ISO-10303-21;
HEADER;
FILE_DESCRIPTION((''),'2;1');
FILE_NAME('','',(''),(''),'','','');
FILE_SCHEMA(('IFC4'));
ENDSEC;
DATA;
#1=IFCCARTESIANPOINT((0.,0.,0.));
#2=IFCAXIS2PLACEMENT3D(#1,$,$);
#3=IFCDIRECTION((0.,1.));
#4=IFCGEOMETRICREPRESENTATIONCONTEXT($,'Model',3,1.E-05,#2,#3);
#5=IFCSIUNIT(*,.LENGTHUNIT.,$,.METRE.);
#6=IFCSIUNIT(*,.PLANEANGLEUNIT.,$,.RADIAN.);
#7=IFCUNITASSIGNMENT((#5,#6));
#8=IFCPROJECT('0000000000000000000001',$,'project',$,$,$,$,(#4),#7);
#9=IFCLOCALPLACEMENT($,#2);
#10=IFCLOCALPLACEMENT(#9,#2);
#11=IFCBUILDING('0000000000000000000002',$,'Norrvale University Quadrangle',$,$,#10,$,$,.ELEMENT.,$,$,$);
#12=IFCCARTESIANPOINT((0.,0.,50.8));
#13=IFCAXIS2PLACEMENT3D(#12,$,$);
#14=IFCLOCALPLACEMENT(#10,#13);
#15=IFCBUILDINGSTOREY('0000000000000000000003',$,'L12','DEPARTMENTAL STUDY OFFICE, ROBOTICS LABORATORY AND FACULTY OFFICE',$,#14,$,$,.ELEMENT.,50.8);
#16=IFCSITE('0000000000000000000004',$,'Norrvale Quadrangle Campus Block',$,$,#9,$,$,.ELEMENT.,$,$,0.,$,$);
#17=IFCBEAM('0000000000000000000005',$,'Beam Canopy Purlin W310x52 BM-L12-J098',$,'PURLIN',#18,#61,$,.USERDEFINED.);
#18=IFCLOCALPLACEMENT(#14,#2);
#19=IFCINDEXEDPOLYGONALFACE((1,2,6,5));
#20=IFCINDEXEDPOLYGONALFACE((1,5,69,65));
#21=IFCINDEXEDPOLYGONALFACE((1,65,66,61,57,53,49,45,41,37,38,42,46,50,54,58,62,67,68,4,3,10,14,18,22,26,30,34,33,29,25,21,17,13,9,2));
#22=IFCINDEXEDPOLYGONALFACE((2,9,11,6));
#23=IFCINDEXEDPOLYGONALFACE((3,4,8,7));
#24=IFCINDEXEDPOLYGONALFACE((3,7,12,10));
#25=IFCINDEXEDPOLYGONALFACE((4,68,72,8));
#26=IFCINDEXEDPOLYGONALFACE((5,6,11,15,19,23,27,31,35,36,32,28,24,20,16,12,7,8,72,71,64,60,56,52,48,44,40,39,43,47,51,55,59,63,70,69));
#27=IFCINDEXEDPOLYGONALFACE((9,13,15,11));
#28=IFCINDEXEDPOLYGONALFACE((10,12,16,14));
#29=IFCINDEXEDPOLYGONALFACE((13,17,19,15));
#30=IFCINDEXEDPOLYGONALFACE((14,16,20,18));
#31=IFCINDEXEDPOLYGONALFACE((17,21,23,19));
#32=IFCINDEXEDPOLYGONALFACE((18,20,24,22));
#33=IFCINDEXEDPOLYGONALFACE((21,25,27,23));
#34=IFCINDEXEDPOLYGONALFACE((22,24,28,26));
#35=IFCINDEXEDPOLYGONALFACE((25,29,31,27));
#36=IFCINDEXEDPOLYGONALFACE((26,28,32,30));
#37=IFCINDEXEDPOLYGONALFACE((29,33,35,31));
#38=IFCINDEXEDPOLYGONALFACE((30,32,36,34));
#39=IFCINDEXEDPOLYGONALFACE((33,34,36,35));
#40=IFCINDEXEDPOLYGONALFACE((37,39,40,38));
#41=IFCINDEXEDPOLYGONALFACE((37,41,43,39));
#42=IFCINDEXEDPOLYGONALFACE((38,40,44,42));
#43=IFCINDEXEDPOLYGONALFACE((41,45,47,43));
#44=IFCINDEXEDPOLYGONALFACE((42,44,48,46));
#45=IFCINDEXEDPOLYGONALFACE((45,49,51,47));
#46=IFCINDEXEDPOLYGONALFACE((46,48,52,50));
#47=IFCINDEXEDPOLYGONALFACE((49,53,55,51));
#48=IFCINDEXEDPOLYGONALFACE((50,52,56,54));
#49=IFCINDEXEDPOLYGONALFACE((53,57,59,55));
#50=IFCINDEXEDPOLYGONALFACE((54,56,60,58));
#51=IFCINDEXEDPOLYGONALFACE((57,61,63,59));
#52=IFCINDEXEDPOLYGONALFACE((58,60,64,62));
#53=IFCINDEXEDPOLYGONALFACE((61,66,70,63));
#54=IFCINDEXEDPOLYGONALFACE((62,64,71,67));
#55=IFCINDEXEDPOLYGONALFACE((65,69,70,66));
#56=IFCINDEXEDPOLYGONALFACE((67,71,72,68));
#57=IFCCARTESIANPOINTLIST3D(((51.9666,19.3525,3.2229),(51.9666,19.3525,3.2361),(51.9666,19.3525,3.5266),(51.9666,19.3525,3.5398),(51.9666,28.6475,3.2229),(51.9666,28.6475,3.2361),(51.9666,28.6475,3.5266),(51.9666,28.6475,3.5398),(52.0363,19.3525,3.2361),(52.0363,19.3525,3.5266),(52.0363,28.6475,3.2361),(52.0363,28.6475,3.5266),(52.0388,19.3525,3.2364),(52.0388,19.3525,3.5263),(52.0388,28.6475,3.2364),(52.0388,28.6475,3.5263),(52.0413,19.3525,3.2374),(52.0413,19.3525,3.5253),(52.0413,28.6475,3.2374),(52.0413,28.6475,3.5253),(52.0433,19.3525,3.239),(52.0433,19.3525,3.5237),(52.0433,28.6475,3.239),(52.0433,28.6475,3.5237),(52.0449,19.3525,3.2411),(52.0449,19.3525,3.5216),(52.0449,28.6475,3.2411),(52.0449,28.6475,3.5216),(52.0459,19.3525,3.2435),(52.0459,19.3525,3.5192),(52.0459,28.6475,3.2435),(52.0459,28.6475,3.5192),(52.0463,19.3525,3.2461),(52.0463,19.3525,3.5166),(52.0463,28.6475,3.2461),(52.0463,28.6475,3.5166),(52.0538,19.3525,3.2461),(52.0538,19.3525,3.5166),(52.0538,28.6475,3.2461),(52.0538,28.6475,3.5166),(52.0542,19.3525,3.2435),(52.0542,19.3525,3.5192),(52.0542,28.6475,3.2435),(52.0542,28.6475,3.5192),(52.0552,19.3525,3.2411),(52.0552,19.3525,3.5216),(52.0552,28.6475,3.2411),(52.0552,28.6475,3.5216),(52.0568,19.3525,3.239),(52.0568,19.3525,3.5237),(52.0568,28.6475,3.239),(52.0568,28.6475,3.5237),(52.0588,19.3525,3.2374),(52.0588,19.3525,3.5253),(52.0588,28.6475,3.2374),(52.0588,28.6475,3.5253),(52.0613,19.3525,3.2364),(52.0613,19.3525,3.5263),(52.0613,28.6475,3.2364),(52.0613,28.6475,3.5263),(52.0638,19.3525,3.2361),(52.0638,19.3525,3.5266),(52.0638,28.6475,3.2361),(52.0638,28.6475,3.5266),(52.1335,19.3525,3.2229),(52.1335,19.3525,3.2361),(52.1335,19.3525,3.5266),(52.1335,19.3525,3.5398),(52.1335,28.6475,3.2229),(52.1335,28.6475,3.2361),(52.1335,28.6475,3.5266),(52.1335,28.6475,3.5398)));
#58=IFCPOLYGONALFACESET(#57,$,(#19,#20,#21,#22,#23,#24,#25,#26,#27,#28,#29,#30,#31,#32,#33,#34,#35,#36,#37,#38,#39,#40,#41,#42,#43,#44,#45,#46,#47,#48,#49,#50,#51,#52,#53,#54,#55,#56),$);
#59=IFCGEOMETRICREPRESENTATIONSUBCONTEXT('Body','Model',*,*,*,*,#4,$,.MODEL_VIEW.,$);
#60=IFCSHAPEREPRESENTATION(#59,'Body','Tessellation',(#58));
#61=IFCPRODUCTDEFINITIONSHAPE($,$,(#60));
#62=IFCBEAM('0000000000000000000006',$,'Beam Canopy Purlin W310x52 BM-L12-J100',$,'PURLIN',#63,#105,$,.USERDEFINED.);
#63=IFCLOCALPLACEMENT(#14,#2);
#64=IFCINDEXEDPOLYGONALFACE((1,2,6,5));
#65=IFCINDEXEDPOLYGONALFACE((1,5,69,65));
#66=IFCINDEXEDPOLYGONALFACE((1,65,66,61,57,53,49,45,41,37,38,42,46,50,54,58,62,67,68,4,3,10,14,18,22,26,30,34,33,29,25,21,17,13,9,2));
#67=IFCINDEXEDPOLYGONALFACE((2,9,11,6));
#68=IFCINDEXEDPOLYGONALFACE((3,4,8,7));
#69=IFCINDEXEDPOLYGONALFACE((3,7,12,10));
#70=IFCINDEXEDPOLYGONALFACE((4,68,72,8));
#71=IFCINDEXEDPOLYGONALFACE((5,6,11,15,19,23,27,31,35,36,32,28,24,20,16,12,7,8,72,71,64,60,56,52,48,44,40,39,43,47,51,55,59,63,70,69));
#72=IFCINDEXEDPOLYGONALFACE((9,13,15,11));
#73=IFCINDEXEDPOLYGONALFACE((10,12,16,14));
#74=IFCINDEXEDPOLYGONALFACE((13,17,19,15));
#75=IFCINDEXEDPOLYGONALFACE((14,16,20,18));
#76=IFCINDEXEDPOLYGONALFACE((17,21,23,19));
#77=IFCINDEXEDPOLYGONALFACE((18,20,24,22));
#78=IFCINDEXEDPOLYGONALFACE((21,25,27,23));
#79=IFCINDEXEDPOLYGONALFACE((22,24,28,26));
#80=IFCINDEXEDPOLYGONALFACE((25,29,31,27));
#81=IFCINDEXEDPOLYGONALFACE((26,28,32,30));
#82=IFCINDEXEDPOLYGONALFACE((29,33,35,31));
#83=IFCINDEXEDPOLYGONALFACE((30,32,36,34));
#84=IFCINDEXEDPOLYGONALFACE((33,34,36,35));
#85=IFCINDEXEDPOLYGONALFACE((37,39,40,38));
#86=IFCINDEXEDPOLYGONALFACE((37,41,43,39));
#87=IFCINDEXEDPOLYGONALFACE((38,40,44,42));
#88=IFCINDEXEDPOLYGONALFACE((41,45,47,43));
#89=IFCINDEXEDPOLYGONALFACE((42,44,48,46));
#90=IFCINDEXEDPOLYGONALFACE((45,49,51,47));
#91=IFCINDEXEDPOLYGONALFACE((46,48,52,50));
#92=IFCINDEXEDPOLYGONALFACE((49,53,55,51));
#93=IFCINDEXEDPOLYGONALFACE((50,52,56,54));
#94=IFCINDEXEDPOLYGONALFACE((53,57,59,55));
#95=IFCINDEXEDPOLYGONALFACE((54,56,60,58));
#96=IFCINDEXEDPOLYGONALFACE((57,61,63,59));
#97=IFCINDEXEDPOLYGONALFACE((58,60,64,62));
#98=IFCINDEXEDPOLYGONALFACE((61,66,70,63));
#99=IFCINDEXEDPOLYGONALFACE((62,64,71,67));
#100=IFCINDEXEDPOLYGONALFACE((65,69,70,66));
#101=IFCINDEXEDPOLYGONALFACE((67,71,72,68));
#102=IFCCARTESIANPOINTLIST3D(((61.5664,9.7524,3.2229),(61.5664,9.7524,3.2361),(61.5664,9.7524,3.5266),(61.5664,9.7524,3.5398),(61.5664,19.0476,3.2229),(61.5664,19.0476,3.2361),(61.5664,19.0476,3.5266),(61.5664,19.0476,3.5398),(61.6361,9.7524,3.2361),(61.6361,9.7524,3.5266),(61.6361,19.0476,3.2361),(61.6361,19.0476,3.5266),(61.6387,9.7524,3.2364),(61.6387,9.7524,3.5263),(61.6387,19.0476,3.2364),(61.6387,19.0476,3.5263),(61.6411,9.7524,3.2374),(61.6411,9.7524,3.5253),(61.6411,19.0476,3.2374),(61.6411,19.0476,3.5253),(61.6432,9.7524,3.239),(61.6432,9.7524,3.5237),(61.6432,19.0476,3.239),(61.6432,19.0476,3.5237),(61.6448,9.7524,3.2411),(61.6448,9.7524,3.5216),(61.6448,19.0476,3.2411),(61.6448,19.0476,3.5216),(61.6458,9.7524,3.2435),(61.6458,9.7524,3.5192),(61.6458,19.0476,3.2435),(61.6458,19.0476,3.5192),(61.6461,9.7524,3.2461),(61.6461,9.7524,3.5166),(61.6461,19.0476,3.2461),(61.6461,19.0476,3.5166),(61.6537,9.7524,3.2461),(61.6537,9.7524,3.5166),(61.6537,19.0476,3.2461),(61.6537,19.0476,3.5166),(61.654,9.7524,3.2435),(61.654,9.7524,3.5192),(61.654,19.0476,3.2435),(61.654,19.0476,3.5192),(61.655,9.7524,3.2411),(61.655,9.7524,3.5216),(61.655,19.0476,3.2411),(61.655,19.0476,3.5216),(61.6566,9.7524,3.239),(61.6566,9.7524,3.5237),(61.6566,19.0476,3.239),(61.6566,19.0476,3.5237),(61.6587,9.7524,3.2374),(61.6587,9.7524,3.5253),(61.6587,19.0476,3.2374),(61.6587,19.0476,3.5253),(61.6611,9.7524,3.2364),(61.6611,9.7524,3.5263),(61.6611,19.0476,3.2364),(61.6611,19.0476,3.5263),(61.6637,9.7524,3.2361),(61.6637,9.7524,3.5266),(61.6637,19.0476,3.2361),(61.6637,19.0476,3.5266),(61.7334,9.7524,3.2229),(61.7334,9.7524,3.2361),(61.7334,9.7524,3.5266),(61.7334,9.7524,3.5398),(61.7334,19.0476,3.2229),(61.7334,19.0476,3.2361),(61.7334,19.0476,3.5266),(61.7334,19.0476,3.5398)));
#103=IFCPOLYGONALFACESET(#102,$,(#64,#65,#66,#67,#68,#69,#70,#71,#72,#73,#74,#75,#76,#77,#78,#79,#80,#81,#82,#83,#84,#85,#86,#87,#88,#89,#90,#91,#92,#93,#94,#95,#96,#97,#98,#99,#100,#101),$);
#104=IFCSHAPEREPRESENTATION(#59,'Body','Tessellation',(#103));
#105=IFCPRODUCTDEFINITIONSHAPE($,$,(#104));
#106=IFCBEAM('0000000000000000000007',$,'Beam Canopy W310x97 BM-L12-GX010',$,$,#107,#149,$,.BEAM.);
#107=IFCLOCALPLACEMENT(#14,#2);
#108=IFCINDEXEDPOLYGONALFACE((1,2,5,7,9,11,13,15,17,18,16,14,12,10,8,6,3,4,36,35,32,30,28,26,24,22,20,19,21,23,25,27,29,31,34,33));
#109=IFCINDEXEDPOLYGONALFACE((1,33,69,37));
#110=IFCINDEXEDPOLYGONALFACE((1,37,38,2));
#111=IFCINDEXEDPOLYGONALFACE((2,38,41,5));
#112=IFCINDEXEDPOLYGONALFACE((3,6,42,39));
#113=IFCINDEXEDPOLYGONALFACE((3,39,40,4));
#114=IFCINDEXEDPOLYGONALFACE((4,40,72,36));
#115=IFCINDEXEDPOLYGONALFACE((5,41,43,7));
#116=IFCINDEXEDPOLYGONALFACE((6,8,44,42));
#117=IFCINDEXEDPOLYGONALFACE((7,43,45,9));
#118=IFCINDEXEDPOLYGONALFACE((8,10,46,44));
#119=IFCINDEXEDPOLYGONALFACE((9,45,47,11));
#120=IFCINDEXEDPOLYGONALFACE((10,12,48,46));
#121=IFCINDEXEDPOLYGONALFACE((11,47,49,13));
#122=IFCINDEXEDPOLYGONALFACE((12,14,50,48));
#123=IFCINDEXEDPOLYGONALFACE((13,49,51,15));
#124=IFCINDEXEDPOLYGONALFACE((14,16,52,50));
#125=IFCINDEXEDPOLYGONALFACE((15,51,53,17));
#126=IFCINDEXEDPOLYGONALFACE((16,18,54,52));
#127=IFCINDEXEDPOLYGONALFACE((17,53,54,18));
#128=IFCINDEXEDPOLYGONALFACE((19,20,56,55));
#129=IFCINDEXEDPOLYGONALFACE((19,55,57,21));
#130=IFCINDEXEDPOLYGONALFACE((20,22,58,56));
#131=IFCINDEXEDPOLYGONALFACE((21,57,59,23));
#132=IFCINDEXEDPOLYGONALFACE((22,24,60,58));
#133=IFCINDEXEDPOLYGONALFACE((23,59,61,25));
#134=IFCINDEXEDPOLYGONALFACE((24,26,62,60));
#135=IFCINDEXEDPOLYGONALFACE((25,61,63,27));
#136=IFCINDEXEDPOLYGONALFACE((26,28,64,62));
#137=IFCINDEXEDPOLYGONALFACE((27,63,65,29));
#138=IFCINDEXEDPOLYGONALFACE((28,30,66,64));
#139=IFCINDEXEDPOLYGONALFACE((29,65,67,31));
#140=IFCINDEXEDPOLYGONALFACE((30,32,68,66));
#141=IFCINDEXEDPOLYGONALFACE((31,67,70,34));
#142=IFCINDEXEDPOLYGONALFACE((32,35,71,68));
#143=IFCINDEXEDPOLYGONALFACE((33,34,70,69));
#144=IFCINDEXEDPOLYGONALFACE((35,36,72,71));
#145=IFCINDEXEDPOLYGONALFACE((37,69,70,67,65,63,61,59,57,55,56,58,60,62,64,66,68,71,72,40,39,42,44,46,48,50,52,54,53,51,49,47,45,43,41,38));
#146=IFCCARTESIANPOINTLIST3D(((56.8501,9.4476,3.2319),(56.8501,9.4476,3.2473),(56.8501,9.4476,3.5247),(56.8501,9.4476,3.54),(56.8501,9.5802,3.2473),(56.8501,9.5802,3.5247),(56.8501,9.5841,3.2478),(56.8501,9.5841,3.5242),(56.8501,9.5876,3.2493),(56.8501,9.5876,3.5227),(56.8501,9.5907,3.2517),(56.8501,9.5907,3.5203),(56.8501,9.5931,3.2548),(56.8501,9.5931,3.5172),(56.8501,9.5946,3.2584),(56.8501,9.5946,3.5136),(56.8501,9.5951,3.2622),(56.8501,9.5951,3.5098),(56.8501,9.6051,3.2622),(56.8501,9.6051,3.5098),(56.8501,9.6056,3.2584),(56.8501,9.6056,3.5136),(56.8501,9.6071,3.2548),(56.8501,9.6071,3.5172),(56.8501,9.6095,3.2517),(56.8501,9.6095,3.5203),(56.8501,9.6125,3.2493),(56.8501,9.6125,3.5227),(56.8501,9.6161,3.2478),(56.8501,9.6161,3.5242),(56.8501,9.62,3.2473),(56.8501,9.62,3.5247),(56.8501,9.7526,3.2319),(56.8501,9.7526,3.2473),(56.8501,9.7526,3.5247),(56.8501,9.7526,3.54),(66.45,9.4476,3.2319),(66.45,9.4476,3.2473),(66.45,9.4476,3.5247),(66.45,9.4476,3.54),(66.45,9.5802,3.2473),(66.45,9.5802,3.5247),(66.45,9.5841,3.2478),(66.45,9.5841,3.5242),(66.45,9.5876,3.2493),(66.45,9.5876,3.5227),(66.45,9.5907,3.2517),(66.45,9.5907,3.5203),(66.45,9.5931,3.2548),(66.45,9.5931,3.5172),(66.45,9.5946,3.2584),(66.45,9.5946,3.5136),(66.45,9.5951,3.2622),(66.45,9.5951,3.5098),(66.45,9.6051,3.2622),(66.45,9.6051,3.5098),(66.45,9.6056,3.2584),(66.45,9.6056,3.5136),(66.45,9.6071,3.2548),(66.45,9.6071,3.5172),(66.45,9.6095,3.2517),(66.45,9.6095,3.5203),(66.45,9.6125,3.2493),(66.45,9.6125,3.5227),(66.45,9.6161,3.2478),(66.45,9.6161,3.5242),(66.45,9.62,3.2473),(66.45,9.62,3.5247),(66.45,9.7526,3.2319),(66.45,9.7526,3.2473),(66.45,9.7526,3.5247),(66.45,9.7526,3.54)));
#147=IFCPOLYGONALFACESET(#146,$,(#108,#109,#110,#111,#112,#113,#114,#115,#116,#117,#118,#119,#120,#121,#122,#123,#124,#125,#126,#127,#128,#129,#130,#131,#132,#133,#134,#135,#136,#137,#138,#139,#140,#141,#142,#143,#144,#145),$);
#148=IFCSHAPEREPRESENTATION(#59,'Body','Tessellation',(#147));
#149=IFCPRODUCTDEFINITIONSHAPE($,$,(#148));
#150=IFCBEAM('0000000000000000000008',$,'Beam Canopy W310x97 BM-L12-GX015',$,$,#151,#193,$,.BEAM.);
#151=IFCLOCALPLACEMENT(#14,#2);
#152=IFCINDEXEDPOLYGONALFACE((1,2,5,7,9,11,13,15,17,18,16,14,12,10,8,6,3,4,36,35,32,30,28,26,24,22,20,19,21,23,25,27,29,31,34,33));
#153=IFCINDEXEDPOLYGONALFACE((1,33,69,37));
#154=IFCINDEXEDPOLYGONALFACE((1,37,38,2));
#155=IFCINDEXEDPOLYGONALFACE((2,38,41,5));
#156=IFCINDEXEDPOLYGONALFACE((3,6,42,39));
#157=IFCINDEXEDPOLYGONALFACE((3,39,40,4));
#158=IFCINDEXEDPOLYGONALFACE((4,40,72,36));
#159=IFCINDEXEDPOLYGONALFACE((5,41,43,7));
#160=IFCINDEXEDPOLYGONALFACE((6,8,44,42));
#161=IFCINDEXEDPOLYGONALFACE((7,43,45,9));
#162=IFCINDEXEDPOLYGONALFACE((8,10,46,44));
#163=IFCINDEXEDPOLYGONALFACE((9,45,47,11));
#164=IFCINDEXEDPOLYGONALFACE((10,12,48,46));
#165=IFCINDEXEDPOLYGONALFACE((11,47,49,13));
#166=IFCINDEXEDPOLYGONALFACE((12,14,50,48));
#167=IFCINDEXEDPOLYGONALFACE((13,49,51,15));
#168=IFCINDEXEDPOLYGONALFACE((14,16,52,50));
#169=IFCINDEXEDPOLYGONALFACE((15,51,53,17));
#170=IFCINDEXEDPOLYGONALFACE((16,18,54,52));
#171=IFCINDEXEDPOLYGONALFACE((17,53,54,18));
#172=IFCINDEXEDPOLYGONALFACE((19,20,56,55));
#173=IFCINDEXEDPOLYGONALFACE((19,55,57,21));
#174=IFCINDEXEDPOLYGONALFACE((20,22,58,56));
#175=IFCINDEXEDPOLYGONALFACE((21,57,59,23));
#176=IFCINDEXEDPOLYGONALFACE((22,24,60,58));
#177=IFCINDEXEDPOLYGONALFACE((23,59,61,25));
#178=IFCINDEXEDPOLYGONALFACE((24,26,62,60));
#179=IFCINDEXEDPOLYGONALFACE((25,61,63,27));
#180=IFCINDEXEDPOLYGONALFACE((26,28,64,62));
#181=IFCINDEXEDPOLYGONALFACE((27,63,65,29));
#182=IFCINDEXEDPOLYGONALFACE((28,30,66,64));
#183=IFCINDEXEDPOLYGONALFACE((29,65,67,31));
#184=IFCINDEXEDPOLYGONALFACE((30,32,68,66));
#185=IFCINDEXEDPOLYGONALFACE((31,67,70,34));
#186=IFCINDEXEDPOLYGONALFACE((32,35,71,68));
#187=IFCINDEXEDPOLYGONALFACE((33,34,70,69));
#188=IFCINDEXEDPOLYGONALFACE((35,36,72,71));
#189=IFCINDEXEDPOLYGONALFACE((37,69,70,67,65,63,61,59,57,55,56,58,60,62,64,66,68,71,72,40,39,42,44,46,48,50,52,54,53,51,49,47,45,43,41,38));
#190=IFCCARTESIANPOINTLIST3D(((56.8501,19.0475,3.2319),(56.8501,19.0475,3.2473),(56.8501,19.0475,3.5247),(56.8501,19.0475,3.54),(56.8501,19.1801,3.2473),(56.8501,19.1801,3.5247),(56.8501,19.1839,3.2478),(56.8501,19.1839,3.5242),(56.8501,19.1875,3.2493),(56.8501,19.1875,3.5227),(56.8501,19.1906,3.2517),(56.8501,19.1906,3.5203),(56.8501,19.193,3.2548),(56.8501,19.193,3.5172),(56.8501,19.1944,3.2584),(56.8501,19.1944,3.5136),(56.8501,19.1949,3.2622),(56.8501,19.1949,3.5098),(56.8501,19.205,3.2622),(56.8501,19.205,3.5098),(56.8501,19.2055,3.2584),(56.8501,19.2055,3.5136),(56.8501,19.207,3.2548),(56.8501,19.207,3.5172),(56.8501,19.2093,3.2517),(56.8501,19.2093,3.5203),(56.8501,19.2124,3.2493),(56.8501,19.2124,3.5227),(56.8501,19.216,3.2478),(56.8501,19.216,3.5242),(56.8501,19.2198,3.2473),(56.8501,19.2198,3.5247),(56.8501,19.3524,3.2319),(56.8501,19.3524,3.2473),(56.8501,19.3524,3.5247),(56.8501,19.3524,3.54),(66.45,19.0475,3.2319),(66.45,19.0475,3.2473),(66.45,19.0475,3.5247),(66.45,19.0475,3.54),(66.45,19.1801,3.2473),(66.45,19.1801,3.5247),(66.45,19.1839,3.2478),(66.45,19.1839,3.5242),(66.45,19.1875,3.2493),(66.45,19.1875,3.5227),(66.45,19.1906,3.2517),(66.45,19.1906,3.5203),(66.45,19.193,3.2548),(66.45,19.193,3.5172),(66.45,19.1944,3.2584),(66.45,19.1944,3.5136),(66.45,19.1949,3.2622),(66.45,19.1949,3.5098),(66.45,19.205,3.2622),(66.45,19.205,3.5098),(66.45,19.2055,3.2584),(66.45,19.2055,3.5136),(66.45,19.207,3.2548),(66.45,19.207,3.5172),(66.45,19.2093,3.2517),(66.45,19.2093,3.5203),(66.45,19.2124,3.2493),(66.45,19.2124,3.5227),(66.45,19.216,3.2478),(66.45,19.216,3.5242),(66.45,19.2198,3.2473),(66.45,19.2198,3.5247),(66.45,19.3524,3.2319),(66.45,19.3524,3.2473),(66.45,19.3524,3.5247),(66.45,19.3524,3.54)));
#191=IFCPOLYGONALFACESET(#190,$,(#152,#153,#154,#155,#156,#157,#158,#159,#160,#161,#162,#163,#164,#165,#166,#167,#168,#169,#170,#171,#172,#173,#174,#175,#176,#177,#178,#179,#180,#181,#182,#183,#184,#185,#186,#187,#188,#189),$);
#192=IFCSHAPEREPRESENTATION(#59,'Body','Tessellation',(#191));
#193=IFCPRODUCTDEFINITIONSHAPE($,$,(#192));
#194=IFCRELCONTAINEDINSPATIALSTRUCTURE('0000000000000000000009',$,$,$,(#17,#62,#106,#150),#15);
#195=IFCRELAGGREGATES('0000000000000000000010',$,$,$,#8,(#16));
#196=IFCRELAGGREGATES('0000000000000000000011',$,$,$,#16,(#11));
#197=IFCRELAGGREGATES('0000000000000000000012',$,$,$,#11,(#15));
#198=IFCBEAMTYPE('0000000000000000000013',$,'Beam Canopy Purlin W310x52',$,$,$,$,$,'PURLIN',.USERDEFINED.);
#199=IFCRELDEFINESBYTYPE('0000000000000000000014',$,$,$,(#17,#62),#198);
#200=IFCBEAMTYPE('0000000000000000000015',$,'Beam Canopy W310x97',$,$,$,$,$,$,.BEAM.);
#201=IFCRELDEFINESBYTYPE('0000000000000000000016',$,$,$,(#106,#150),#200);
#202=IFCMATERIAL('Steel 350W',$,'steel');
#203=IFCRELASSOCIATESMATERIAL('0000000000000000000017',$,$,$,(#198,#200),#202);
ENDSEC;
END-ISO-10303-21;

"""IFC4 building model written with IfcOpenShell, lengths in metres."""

from ifc_helpers import new_model, si_unit, direction, frame, origin, origin_2d, place, context, subcontext, project, spatial, i_section, extrude, material, material_profile, profile_set, type_object, element, save


model = new_model("IFC4")

# Units and contexts
model_context = context("Model", 3, precision=1e-05, world=origin(), true_north=direction((0.0, 1.0)))
body_context = subcontext(model_context, "Body", "Model", "MODEL_VIEW")
ifc_project = project(units=[si_unit("LENGTHUNIT", "METRE"), si_unit("PLANEANGLEUNIT", "RADIAN")], contexts=[model_context])

# Site, building, storey
site_placement = place(None, origin())
site = spatial("IfcSite", under=ifc_project, at=site_placement, Name="Norrvale Quadrangle Campus Block", CompositionType="ELEMENT", RefElevation=0.0)
building_placement = place(site_placement, origin())
building = spatial("IfcBuilding", under=site, at=building_placement, Name="Norrvale University Quadrangle", CompositionType="ELEMENT")
storey_placement = place(building_placement, frame((0.0, 0.0, 50.8)))
storey = spatial("IfcBuildingStorey", under=building, at=storey_placement, Name="L12", Description="DEPARTMENTAL STUDY OFFICE, ROBOTICS LABORATORY AND FACULTY OFFICE", CompositionType="ELEMENT", Elevation=50.8)

# Beams
ifc_material_1 = material(Name="Steel 350W", Category="steel")
ifc_material_profile_1 = material_profile(ifc_material_1, i_section(OverallWidth=0.167, OverallDepth=0.3169, WebThickness=0.0076, FlangeThickness=0.0132, FilletRadius=0.01, at=origin_2d()), Name="Steel 350W")
ifc_profile_set_1 = profile_set([ifc_material_profile_1], Name="Steel 350W")
beam_type_1 = type_object("IfcBeamType", Name="Beam Canopy Purlin W310x52", ElementType="PURLIN", PredefinedType="USERDEFINED", material=ifc_profile_set_1)
beam_1_placement = place(storey_placement, frame((52.05, 19.3525, 3.3813), z_axis=(0.0, 1.0, 0.0), x_axis=(-1.0, 0.0, 0.0)))
element("IfcBeam", 1, at=beam_1_placement, inside=storey, type_object=beam_type_1, Name="Beam Canopy Purlin W310x52 BM-L12-J098", ObjectType="PURLIN", PredefinedType="USERDEFINED", context=body_context, shape_type="SweptSolid", body=[
    extrude(i_section(OverallWidth=0.167, OverallDepth=0.3169, WebThickness=0.0076, FlangeThickness=0.0132, FilletRadius=0.01, at=origin_2d()), origin(), (0.0, 0.0, 1.0), 9.2949),
])
beam_2_placement = place(storey_placement, frame((61.6499, 9.7524, 3.3813), z_axis=(0.0, 1.0, 0.0), x_axis=(-1.0, 0.0, 0.0)))
element("IfcBeam", 2, at=beam_2_placement, inside=storey, type_object=beam_type_1, Name="Beam Canopy Purlin W310x52 BM-L12-J100", ObjectType="PURLIN", PredefinedType="USERDEFINED", context=body_context, shape_type="SweptSolid", body=[
    extrude(i_section(OverallWidth=0.167, OverallDepth=0.3169, WebThickness=0.0076, FlangeThickness=0.0132, FilletRadius=0.01, at=origin_2d()), origin(), (0.0, 0.0, 1.0), 9.2952),
])
ifc_material_profile_2 = material_profile(ifc_material_1, i_section(OverallWidth=0.3049, OverallDepth=0.3081, WebThickness=0.01, FlangeThickness=0.0154, FilletRadius=0.0149, at=origin_2d()), Name="Steel 350W")
ifc_profile_set_2 = profile_set([ifc_material_profile_2], Name="Steel 350W")
beam_type_2 = type_object("IfcBeamType", Name="Beam Canopy W310x97", PredefinedType="BEAM", material=ifc_profile_set_2)
for number, where, z_axis, x_axis, name in (
    (3, (56.8501, 9.6001, 3.386), (1.0, 0.0, 0.0), (0.0, 1.0, 0.0), "Beam Canopy W310x97 BM-L12-GX010"),
    (4, (56.8501, 19.2, 3.386), (1.0, 0.0, 0.0), (0.0, 1.0, 0.0), "Beam Canopy W310x97 BM-L12-GX015"),
):
    element("IfcBeam", number, at=place(storey_placement, frame(where, z_axis=z_axis, x_axis=x_axis)), inside=storey, type_object=beam_type_2, Name=name, PredefinedType="BEAM", context=body_context, shape_type="SweptSolid", body=[
        extrude(i_section(OverallWidth=0.3049, OverallDepth=0.3081, WebThickness=0.01, FlangeThickness=0.0154, FilletRadius=0.0149, at=origin_2d()), origin(), (0.0, 0.0, 1.0), 9.5999),
    ])

save(model, "model.ifc")
